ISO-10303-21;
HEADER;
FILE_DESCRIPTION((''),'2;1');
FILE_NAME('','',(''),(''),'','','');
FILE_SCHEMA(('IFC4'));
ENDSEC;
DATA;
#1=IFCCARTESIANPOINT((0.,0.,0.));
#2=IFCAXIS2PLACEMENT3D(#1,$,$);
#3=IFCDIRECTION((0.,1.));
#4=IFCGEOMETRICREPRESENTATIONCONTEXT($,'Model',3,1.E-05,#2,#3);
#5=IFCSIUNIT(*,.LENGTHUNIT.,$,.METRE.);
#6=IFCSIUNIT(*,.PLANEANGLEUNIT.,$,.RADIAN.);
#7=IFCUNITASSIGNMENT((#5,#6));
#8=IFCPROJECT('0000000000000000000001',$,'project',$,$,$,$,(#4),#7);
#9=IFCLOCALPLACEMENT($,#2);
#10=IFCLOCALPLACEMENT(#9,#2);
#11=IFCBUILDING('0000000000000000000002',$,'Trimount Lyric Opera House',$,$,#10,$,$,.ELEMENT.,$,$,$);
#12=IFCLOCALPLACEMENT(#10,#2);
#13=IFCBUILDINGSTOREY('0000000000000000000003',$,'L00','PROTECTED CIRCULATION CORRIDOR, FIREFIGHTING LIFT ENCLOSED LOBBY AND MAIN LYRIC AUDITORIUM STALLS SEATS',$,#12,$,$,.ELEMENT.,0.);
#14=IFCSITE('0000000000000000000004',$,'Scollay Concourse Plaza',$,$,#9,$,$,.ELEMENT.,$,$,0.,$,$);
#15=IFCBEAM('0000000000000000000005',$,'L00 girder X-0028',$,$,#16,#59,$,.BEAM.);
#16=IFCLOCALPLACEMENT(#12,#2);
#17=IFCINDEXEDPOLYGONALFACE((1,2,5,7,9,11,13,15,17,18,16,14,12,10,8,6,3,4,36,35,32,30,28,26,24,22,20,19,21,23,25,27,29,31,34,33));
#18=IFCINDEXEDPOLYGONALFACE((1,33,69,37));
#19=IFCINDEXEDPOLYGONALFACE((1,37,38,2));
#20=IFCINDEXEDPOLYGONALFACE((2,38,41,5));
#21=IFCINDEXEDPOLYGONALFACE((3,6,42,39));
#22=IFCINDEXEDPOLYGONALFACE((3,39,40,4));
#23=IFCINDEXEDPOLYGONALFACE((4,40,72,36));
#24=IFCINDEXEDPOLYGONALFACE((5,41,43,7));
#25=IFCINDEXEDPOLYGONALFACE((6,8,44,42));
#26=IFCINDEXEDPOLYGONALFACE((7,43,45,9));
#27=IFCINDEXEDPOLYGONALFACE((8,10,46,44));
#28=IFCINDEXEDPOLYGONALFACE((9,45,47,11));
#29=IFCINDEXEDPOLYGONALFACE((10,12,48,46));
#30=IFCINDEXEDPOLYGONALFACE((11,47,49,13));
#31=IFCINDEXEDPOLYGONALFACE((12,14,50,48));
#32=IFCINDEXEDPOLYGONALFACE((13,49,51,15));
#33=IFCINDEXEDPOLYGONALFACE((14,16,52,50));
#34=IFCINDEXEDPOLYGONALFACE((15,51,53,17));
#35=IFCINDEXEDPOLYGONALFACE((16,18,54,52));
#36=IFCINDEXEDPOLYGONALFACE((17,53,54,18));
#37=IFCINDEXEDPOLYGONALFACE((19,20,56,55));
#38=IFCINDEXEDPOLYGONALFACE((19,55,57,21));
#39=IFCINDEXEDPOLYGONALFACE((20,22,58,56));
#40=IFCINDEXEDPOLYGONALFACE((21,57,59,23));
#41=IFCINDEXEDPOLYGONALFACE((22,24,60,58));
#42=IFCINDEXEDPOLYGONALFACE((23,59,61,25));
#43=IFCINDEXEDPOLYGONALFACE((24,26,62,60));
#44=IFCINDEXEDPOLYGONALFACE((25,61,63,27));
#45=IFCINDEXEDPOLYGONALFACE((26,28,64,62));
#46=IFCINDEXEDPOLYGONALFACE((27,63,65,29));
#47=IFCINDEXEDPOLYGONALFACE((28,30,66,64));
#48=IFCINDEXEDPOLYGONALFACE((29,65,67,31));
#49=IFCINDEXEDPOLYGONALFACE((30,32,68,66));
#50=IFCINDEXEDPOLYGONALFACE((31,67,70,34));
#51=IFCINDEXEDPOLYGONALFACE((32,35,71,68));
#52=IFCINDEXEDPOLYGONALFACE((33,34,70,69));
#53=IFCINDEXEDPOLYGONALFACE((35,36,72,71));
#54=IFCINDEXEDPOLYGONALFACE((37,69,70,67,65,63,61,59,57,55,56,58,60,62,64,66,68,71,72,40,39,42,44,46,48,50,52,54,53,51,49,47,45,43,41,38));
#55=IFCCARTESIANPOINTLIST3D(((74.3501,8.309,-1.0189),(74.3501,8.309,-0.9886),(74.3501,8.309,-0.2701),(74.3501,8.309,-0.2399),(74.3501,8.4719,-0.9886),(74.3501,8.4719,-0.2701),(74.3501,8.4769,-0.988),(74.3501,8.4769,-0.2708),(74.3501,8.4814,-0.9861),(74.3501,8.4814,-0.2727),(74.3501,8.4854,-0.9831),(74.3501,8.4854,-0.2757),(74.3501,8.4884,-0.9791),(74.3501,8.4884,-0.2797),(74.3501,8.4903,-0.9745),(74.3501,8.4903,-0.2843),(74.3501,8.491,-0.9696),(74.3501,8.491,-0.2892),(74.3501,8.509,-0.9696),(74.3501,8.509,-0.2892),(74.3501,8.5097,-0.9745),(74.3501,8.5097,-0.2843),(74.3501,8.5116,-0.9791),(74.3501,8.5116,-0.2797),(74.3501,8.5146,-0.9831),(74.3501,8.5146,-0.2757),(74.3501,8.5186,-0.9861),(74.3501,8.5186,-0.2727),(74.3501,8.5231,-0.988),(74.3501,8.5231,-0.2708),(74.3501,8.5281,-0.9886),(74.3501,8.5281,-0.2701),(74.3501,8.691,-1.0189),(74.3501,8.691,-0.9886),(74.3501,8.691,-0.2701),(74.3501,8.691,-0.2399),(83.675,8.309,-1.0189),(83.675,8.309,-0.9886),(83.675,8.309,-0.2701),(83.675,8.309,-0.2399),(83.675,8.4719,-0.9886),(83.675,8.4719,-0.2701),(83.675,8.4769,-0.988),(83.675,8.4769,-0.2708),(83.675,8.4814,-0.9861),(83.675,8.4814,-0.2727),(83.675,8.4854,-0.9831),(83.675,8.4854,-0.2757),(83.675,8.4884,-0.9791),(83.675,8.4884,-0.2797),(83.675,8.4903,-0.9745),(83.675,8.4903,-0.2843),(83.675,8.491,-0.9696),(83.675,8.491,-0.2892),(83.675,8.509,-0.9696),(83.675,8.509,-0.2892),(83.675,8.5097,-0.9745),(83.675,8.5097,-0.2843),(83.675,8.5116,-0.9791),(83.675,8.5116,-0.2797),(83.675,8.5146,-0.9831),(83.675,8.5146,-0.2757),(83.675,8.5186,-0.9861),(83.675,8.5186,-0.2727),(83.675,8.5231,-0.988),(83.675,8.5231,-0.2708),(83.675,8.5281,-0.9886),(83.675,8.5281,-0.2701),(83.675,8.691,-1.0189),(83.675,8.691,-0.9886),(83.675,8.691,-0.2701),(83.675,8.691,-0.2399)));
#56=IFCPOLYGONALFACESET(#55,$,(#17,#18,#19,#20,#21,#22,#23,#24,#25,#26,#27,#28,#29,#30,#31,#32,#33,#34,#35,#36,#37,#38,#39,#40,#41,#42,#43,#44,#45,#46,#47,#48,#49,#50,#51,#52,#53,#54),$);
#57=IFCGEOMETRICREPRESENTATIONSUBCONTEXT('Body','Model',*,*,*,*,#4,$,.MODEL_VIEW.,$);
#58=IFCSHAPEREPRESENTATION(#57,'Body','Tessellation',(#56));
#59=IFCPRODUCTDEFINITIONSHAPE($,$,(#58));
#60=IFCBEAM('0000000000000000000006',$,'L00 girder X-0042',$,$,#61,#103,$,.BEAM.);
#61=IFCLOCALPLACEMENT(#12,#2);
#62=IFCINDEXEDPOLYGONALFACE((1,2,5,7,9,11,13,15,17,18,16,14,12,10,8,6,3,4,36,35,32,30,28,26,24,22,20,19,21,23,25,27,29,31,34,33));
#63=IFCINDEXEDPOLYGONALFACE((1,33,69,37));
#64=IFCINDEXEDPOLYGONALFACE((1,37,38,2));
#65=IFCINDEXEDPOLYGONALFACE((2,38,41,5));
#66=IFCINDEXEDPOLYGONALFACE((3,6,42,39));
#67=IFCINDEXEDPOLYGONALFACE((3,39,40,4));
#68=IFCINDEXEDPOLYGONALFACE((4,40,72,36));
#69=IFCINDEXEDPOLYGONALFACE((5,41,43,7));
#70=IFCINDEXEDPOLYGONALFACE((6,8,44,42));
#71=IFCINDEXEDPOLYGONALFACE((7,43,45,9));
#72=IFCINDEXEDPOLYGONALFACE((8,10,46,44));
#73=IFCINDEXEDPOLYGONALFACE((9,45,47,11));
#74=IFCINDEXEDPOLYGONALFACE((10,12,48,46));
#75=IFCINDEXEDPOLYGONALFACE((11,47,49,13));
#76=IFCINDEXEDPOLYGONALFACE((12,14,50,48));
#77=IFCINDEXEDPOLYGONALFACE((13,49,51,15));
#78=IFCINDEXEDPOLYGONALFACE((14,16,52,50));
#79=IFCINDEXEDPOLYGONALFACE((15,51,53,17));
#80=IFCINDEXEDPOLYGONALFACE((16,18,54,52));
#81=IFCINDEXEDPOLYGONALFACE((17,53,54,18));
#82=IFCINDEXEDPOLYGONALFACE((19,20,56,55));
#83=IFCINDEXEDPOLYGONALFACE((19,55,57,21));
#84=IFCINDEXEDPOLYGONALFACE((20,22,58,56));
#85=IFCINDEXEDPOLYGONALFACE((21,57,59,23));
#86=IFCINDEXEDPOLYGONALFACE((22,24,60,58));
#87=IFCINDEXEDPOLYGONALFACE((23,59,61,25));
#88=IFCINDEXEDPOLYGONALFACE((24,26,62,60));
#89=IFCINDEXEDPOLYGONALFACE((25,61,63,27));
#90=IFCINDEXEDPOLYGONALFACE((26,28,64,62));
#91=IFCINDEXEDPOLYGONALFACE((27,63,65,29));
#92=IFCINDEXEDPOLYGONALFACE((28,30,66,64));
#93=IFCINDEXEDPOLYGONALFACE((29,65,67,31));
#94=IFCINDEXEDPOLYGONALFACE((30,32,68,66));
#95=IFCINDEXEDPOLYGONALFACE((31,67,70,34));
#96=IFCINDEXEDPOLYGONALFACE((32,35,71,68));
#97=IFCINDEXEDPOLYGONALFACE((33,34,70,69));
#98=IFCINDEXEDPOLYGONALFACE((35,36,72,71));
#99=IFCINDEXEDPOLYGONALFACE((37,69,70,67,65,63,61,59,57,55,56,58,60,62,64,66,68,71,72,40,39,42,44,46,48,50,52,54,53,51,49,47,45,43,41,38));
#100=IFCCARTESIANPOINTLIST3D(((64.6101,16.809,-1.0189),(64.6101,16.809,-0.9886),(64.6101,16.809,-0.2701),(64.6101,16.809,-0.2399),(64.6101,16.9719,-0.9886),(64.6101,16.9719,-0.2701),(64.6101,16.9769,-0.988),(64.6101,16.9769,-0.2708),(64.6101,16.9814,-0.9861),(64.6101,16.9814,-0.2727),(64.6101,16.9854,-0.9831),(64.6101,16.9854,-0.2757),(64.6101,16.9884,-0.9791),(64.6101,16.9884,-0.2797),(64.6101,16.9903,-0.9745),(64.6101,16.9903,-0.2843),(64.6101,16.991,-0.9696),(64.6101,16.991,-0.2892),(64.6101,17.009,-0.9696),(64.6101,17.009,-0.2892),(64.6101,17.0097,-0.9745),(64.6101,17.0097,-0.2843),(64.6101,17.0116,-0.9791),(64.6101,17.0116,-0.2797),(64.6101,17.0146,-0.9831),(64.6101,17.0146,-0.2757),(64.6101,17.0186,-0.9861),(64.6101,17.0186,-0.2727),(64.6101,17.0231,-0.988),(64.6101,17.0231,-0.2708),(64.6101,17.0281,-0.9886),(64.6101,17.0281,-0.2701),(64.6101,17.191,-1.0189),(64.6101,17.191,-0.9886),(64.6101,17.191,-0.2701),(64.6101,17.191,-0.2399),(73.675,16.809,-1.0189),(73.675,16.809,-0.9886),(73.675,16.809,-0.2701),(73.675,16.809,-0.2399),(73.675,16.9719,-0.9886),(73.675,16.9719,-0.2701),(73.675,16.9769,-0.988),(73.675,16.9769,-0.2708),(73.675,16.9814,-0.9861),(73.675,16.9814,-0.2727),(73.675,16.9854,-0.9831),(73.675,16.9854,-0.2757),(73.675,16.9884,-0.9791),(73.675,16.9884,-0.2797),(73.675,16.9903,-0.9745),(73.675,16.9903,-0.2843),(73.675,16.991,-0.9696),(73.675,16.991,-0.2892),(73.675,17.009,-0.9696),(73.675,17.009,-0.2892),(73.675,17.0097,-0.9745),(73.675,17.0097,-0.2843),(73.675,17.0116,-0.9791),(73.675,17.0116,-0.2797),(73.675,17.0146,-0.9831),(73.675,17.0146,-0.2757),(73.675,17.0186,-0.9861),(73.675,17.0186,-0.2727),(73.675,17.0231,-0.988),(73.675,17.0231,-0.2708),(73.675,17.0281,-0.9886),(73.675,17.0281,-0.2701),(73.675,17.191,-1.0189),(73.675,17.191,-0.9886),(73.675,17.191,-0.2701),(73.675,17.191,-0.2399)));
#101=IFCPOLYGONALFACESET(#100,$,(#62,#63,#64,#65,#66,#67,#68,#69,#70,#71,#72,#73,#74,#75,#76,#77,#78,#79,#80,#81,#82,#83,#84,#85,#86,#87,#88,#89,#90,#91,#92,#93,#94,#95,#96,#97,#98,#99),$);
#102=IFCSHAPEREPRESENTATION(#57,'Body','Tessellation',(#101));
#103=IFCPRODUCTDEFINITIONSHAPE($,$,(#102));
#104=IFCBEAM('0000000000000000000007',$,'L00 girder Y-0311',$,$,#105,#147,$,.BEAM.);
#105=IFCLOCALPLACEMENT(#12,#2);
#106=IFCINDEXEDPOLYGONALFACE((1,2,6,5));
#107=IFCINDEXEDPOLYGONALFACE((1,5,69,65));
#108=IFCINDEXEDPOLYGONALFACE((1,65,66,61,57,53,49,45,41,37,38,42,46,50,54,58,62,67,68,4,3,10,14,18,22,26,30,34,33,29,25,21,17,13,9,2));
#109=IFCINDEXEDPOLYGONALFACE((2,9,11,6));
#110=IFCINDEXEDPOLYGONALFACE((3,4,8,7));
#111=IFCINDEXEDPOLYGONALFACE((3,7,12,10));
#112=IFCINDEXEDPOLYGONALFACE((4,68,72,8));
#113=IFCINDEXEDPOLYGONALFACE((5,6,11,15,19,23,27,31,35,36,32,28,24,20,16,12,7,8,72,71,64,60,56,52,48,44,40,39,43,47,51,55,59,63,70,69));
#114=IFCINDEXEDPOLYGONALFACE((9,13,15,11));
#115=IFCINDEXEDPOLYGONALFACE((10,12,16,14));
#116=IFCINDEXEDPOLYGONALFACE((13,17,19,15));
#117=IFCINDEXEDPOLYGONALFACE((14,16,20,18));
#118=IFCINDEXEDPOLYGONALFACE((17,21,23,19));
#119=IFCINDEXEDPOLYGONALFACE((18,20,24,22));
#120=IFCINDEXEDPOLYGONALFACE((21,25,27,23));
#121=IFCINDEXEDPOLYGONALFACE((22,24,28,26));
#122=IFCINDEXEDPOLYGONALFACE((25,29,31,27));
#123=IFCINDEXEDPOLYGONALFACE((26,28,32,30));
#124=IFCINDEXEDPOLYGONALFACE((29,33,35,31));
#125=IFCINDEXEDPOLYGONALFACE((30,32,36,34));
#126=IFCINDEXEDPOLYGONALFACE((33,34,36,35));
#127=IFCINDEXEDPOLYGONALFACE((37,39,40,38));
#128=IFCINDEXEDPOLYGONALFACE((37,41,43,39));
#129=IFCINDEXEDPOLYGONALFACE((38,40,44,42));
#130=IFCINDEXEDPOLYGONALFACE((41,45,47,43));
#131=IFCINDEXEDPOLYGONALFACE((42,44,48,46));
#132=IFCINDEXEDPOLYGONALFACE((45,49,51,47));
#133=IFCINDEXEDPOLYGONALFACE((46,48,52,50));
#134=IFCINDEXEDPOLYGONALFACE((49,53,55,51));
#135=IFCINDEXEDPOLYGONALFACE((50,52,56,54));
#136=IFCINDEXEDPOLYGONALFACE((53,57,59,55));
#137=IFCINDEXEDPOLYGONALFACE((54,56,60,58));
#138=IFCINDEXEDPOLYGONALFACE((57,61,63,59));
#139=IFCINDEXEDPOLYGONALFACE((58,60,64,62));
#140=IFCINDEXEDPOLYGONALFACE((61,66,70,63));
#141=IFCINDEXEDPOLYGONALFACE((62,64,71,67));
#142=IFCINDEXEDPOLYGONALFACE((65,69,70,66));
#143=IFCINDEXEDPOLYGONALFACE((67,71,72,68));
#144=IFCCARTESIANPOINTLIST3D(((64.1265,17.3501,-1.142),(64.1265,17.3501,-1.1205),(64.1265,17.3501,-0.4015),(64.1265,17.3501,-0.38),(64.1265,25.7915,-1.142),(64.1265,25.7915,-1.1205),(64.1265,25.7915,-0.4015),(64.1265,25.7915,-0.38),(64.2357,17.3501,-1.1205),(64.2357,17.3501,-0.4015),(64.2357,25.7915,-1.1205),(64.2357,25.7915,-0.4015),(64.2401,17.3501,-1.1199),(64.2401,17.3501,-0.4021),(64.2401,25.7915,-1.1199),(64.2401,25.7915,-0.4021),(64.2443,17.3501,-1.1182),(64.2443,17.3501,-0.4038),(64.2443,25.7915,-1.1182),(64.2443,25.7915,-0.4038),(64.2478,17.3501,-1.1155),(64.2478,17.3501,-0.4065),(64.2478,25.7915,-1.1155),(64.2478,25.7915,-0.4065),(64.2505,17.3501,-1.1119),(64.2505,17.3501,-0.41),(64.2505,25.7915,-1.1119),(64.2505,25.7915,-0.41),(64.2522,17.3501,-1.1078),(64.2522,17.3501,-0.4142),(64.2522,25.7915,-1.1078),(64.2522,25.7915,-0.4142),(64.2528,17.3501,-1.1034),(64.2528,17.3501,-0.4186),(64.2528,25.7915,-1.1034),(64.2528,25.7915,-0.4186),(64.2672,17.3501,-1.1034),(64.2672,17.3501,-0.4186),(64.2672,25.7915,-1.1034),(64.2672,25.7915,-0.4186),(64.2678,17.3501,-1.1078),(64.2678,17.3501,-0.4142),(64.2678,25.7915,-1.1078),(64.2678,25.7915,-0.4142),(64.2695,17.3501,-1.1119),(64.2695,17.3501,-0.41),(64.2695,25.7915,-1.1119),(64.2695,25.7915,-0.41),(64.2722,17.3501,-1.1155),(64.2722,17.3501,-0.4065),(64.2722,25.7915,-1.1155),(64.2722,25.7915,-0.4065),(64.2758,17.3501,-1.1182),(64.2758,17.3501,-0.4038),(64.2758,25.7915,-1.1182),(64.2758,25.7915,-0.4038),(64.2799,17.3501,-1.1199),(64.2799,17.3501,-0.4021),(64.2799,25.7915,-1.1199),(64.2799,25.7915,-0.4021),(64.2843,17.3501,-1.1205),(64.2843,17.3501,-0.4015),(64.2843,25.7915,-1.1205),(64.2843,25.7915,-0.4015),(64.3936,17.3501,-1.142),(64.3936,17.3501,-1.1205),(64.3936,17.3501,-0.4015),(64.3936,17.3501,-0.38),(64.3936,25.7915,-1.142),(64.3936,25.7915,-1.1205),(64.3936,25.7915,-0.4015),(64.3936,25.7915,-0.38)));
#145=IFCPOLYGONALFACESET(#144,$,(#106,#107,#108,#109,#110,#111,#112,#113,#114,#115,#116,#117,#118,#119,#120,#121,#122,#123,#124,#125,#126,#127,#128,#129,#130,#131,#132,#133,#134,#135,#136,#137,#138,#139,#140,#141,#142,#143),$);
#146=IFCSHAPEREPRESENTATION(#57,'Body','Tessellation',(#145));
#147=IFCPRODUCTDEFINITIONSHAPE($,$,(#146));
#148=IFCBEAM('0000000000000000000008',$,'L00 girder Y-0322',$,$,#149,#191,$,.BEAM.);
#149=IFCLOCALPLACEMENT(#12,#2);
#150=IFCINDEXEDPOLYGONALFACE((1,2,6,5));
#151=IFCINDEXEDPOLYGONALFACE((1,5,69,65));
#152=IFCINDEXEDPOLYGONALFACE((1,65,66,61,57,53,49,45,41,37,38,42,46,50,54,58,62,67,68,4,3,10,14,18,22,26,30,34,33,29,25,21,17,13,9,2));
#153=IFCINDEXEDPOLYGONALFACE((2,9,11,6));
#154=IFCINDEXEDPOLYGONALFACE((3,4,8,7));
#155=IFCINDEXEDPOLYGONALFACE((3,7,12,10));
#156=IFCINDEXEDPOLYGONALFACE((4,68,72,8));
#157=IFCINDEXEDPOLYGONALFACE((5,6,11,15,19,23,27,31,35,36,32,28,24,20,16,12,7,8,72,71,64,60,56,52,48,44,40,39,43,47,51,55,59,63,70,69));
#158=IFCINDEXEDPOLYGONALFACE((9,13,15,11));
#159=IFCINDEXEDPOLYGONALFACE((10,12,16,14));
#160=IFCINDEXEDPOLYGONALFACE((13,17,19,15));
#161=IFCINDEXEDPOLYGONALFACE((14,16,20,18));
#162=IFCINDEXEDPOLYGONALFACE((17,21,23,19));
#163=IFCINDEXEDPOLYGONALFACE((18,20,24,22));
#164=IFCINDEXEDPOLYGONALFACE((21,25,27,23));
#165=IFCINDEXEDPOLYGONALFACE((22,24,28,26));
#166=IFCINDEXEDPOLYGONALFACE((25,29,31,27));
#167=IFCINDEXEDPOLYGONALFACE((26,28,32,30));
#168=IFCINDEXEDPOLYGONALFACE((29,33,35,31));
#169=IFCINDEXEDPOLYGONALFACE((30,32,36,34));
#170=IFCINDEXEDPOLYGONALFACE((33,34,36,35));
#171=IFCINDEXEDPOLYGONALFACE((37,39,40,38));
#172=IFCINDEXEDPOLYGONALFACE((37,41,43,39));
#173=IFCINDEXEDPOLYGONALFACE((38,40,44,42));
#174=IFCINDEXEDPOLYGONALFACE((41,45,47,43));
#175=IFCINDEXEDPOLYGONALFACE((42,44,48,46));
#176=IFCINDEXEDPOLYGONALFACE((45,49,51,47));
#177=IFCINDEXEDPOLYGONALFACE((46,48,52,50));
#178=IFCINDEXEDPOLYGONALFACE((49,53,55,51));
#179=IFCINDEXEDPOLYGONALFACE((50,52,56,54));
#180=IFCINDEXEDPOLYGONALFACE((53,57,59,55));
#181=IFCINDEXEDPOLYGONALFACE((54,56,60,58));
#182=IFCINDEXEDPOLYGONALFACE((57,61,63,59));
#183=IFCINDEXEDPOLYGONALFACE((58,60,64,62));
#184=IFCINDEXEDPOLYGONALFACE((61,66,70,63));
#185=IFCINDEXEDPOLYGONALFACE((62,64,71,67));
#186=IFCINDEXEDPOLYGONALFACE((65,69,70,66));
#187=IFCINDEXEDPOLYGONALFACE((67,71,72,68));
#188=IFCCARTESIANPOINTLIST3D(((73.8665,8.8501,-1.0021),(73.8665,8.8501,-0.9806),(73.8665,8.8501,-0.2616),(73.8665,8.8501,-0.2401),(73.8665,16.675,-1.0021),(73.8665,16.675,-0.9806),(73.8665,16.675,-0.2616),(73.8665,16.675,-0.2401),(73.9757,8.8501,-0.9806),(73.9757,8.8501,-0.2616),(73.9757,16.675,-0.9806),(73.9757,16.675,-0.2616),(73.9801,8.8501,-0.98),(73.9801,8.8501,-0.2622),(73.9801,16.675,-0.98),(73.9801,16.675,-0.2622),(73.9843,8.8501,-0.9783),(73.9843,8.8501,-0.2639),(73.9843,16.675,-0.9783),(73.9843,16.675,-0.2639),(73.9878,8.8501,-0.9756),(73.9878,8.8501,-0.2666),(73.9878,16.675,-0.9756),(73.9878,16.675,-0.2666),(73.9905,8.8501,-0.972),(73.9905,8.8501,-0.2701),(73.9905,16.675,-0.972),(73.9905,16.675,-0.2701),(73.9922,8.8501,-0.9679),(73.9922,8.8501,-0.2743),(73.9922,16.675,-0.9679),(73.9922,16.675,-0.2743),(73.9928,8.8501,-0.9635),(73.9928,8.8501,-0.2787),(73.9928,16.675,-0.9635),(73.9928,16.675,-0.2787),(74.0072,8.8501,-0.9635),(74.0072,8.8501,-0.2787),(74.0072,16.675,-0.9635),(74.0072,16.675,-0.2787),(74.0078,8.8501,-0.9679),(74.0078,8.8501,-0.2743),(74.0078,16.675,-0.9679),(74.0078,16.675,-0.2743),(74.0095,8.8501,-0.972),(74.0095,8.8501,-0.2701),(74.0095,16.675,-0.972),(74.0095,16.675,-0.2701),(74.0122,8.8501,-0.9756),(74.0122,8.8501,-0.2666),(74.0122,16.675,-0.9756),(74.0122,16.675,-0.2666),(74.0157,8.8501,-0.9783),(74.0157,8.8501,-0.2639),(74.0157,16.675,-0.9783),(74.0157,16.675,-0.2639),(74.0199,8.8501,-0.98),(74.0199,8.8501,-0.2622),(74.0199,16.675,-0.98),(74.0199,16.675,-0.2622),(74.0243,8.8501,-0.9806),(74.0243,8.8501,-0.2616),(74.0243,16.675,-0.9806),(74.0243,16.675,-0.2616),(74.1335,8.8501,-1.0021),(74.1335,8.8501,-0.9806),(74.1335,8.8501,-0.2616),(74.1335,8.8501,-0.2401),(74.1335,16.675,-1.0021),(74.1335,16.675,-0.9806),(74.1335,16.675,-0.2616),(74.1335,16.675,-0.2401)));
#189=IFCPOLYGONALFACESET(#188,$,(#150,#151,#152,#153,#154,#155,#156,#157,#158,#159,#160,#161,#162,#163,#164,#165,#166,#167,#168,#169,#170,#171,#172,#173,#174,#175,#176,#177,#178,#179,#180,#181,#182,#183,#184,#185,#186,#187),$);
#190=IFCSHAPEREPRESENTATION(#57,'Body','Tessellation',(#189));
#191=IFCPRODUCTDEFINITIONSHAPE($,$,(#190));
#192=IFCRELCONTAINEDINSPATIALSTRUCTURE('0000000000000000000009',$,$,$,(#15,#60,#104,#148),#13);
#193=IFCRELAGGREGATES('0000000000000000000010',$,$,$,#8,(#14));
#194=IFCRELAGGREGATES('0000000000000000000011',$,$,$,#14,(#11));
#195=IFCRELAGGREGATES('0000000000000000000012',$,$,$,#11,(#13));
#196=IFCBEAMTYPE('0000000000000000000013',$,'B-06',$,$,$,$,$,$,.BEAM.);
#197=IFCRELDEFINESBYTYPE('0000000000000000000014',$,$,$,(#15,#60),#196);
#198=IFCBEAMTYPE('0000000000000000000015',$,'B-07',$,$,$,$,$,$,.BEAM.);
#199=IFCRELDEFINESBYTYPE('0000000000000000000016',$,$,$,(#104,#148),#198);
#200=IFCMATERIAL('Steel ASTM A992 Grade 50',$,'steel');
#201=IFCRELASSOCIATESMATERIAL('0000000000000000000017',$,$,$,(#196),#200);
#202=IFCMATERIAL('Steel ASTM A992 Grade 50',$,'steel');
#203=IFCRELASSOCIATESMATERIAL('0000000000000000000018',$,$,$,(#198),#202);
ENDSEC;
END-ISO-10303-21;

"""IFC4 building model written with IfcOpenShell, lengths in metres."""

from ifc_helpers import new_model, si_unit, direction, frame, origin, origin_2d, place, context, subcontext, project, spatial, i_section, extrude, material, material_profile, profile_set, type_object, element, save


model = new_model("IFC4")

# Units and contexts
model_context = context("Model", 3, precision=1e-05, world=origin(), true_north=direction((0.0, 1.0)))
body_context = subcontext(model_context, "Body", "Model", "MODEL_VIEW")
ifc_project = project(units=[si_unit("LENGTHUNIT", "METRE"), si_unit("PLANEANGLEUNIT", "RADIAN")], contexts=[model_context])

# Site, building, storey
site_placement = place(None, origin())
site = spatial("IfcSite", under=ifc_project, at=site_placement, Name="Scollay Concourse Plaza", CompositionType="ELEMENT", RefElevation=0.0)
building_placement = place(site_placement, origin())
building = spatial("IfcBuilding", under=site, at=building_placement, Name="Trimount Lyric Opera House", CompositionType="ELEMENT")
storey_placement = place(building_placement, origin())
storey = spatial("IfcBuildingStorey", under=building, at=storey_placement, Name="L00", Description="PROTECTED CIRCULATION CORRIDOR, FIREFIGHTING LIFT ENCLOSED LOBBY AND MAIN LYRIC AUDITORIUM STALLS SEATS", CompositionType="ELEMENT", Elevation=0.0)

# Beams
ifc_material_1 = material(Name="Steel ASTM A992 Grade 50", Category="steel")
ifc_material_profile_1 = material_profile(ifc_material_1, i_section(OverallWidth=0.3821, OverallDepth=0.7791, WebThickness=0.0181, FlangeThickness=0.0303, FilletRadius=0.019, at=origin_2d()), Name="W30X191")
ifc_profile_set_1 = profile_set([ifc_material_profile_1], Name="Steel ASTM A992 Grade 50")
beam_type_1 = type_object("IfcBeamType", Name="B-06", PredefinedType="BEAM", material=ifc_profile_set_1)
beam_1_placement = place(storey_placement, frame((74.3501, 8.5, -0.6294), z_axis=(1.0, 0.0, 0.0), x_axis=(0.0, 1.0, 0.0)))
element("IfcBeam", 1, at=beam_1_placement, inside=storey, type_object=beam_type_1, Name="L00 girder X-0028", PredefinedType="BEAM", context=body_context, shape_type="SweptSolid", body=[
    extrude(i_section(OverallWidth=0.3821, OverallDepth=0.7791, WebThickness=0.0181, FlangeThickness=0.0303, FilletRadius=0.019, at=origin_2d()), origin(), (0.0, 0.0, 1.0), 9.325),
])
beam_2_placement = place(storey_placement, frame((64.6101, 17.0, -0.6294), z_axis=(1.0, 0.0, 0.0), x_axis=(0.0, 1.0, 0.0)))
element("IfcBeam", 2, at=beam_2_placement, inside=storey, type_object=beam_type_1, Name="L00 girder X-0042", PredefinedType="BEAM", context=body_context, shape_type="SweptSolid", body=[
    extrude(i_section(OverallWidth=0.3821, OverallDepth=0.7791, WebThickness=0.0181, FlangeThickness=0.0303, FilletRadius=0.019, at=origin_2d()), origin(), (0.0, 0.0, 1.0), 9.0649),
])
ifc_material_2 = material(Name="Steel ASTM A992 Grade 50", Category="steel")
ifc_material_profile_2 = material_profile(ifc_material_2, i_section(OverallWidth=0.2671, OverallDepth=0.762, WebThickness=0.0144, FlangeThickness=0.0215, FilletRadius=0.0171, at=origin_2d()), Name="W30X116")
ifc_profile_set_2 = profile_set([ifc_material_profile_2], Name="Steel ASTM A992 Grade 50")
beam_type_2 = type_object("IfcBeamType", Name="B-07", PredefinedType="BEAM", material=ifc_profile_set_2)
beam_3_placement = place(storey_placement, frame((64.26, 17.3501, -0.761), z_axis=(0.0, 1.0, 0.0), x_axis=(-1.0, 0.0, 0.0)))
element("IfcBeam", 3, at=beam_3_placement, inside=storey, type_object=beam_type_2, Name="L00 girder Y-0311", PredefinedType="BEAM", context=body_context, shape_type="SweptSolid", body=[
    extrude(i_section(OverallWidth=0.2671, OverallDepth=0.762, WebThickness=0.0144, FlangeThickness=0.0215, FilletRadius=0.0171, at=origin_2d()), origin(), (0.0, 0.0, 1.0), 8.4414),
])
beam_4_placement = place(storey_placement, frame((74.0, 8.8501, -0.6211), z_axis=(0.0, 1.0, 0.0), x_axis=(-1.0, 0.0, 0.0)))
element("IfcBeam", 4, at=beam_4_placement, inside=storey, type_object=beam_type_2, Name="L00 girder Y-0322", PredefinedType="BEAM", context=body_context, shape_type="SweptSolid", body=[
    extrude(i_section(OverallWidth=0.2671, OverallDepth=0.762, WebThickness=0.0144, FlangeThickness=0.0215, FilletRadius=0.0171, at=origin_2d()), origin(), (0.0, 0.0, 1.0), 7.825),
])

save(model, "model.ifc")
